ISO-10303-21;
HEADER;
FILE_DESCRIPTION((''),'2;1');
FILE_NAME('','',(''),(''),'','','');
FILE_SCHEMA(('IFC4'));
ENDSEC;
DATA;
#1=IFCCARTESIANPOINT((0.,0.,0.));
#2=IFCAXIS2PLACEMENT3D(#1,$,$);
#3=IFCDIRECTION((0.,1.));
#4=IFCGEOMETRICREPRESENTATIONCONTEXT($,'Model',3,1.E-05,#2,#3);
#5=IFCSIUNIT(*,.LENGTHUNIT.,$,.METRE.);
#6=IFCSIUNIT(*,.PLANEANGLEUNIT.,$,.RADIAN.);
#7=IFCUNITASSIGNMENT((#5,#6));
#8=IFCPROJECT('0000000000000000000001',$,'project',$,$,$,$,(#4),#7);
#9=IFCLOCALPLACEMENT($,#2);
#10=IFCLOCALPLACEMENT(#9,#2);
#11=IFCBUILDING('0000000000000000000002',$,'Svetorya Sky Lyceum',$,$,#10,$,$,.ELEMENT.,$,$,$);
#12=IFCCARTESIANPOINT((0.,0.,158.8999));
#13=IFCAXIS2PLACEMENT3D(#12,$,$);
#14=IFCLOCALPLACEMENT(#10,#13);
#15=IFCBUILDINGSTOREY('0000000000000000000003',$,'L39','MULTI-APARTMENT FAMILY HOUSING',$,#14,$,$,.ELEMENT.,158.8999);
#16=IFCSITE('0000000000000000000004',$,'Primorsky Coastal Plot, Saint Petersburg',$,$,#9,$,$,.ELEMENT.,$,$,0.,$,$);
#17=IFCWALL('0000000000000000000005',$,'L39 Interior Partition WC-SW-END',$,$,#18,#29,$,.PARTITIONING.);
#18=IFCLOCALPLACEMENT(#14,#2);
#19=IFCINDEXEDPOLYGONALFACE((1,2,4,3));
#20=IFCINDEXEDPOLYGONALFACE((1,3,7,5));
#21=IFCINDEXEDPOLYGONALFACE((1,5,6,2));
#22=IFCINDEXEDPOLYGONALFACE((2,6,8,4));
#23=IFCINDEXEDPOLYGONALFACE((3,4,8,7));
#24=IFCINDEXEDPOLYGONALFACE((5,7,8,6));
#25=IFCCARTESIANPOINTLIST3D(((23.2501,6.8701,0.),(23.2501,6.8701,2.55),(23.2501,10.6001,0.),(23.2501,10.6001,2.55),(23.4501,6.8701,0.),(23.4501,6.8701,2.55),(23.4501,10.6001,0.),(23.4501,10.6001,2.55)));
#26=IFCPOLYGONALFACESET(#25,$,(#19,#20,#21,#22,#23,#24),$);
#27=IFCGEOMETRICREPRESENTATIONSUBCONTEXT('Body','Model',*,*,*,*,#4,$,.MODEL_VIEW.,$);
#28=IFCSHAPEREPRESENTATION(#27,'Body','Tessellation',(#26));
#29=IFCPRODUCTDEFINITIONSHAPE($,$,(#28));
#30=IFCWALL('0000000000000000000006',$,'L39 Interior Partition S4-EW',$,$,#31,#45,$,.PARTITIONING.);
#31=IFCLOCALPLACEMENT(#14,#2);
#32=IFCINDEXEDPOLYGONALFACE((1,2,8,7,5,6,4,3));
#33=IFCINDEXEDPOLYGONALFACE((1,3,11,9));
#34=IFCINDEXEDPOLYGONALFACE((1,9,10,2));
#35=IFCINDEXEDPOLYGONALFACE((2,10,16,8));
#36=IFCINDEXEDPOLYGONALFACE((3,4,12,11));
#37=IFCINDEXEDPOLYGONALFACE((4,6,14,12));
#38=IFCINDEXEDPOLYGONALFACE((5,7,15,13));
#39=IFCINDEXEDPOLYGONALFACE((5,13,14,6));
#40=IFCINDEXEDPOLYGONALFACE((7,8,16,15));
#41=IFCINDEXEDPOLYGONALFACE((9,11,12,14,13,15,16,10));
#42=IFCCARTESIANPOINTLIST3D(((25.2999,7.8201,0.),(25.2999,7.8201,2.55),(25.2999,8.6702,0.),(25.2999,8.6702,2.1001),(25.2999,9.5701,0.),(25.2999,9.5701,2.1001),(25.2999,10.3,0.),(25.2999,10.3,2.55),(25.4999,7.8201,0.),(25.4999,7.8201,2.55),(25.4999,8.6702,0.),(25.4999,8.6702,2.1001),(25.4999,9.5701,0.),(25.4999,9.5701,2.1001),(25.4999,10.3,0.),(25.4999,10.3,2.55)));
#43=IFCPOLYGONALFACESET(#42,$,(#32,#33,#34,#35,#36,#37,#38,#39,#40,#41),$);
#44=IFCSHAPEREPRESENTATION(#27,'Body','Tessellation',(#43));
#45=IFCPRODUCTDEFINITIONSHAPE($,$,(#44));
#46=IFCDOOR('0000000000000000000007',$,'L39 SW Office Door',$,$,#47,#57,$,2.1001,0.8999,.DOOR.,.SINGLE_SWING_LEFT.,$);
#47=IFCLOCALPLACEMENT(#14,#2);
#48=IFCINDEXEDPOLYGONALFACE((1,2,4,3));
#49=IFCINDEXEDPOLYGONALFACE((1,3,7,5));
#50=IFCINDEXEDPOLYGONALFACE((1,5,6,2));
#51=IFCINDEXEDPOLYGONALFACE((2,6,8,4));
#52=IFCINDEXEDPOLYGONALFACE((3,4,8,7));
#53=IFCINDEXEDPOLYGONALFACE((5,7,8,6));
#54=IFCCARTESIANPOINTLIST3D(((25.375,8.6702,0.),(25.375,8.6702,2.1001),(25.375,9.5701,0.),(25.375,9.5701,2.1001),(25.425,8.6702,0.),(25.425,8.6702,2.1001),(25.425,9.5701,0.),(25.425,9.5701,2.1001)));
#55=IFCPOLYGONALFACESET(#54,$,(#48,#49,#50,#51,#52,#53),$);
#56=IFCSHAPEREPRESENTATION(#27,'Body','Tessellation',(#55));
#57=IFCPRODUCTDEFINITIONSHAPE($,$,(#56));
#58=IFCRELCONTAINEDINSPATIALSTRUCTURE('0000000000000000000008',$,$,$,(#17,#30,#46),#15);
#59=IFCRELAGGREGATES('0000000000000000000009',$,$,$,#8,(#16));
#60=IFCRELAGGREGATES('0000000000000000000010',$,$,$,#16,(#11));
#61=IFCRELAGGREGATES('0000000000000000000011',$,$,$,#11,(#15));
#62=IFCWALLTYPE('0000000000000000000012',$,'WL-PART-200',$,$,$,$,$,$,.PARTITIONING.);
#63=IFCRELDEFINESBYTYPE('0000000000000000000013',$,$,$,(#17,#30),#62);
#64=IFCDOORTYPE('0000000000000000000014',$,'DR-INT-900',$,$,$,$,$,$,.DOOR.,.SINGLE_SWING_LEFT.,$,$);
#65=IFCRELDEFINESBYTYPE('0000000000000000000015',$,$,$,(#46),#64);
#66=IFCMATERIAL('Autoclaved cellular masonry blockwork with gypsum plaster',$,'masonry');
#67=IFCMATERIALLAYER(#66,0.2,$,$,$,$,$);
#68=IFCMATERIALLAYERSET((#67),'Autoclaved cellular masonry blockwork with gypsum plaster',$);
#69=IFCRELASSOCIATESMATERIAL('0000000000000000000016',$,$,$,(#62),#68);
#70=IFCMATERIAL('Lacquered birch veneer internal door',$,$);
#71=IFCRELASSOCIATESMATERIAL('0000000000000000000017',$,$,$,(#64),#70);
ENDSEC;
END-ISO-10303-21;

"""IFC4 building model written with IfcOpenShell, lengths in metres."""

from ifc_helpers import new_model, si_unit, direction, frame, frame_2d, origin, place, context, subcontext, project, spatial, rectangle, extrude, material, layer, layer_set, type_object, element, fill, save


model = new_model("IFC4")

# Units and contexts
model_context = context("Model", 3, precision=1e-05, world=origin(), true_north=direction((0.0, 1.0)))
body_context = subcontext(model_context, "Body", "Model", "MODEL_VIEW")
ifc_project = project(units=[si_unit("LENGTHUNIT", "METRE"), si_unit("PLANEANGLEUNIT", "RADIAN")], contexts=[model_context])

# Site, building, storey
site_placement = place(None, origin())
site = spatial("IfcSite", under=ifc_project, at=site_placement, Name="Primorsky Coastal Plot, Saint Petersburg", CompositionType="ELEMENT", RefElevation=0.0)
building_placement = place(site_placement, origin())
building = spatial("IfcBuilding", under=site, at=building_placement, Name="Svetorya Sky Lyceum", CompositionType="ELEMENT")
storey_placement = place(building_placement, frame((0.0, 0.0, 158.8999)))
storey = spatial("IfcBuildingStorey", under=building, at=storey_placement, Name="L39", Description="MULTI-APARTMENT FAMILY HOUSING", CompositionType="ELEMENT", Elevation=158.8999)

# Shared definitions
ifc_material_1 = material(Name="Autoclaved cellular masonry blockwork with gypsum plaster", Category="masonry")
ifc_layer_1 = layer(ifc_material_1, 0.2)
ifc_layer_set_1 = layer_set([ifc_layer_1], Name="Autoclaved cellular masonry blockwork with gypsum plaster")
wall_type_1 = type_object("IfcWallType", Name="WL-PART-200", PredefinedType="PARTITIONING", material=ifc_layer_set_1)

# Wall
wall_1_placement = place(storey_placement, frame((23.3501, 6.8701, 0.0), z_axis=(0.0, 0.0, 1.0), x_axis=(0.0, 1.0, 0.0)))
element("IfcWall", 1, at=wall_1_placement, inside=storey, type_object=wall_type_1, Name="L39 Interior Partition WC-SW-END", PredefinedType="PARTITIONING", context=body_context, shape_type="SweptSolid", body=[
    extrude(rectangle(XDim=3.73, YDim=0.2, at=frame_2d((1.865, 0.0))), origin(), (0.0, 0.0, 1.0), 2.55),
])

# Wall, opening, door
wall_2_placement = place(storey_placement, frame((25.3999, 7.8201, 0.0), z_axis=(0.0, 0.0, 1.0), x_axis=(0.0, 1.0, 0.0)))
wall_2 = element("IfcWall", 2, at=wall_2_placement, inside=storey, type_object=wall_type_1, Name="L39 Interior Partition S4-EW", PredefinedType="PARTITIONING", context=body_context, shape_type="SweptSolid", body=[
    extrude(rectangle(XDim=2.48, YDim=0.2, at=frame_2d((1.24, 0.0))), origin(), (0.0, 0.0, 1.0), 2.55),
])
opening_1_placement = place(wall_2_placement, frame((0.8501, 0.0, 0.0)))
opening_1 = element("IfcOpeningElement", 3, at=opening_1_placement, cuts=wall_2, PredefinedType="OPENING", context=body_context, shape_type="SweptSolid", body=[
    extrude(rectangle(XDim=0.8999, YDim=2.1001, at=frame_2d((0.45, 1.05))), frame((0.0, 0.1099, 0.0), z_axis=(0.0, -1.0, 0.0), x_axis=(1.0, 0.0, 0.0)), (0.0, 0.0, 1.0), 0.22),
])
ifc_material_2 = material(Name="Lacquered birch veneer internal door")
door_type_1 = type_object("IfcDoorType", Name="DR-INT-900", OperationType="SINGLE_SWING_LEFT", PredefinedType="DOOR", material=ifc_material_2)
door_1_placement = place(opening_1_placement, origin())
door_1 = element("IfcDoor", 4, at=door_1_placement, inside=storey, type_object=door_type_1, Name="L39 SW Office Door", OperationType="SINGLE_SWING_LEFT", OverallHeight=2.1001, OverallWidth=0.8999, PredefinedType="DOOR", context=body_context, shape_type="SweptSolid", body=[
    extrude(rectangle(XDim=0.8999, YDim=2.1001, at=frame_2d((0.45, 1.05))), frame((0.0, 0.0249, 0.0), z_axis=(0.0, -1.0, 0.0), x_axis=(1.0, 0.0, 0.0)), (0.0, 0.0, 1.0), 0.05),
])
fill(opening_1, door_1)

save(model, "model.ifc")
